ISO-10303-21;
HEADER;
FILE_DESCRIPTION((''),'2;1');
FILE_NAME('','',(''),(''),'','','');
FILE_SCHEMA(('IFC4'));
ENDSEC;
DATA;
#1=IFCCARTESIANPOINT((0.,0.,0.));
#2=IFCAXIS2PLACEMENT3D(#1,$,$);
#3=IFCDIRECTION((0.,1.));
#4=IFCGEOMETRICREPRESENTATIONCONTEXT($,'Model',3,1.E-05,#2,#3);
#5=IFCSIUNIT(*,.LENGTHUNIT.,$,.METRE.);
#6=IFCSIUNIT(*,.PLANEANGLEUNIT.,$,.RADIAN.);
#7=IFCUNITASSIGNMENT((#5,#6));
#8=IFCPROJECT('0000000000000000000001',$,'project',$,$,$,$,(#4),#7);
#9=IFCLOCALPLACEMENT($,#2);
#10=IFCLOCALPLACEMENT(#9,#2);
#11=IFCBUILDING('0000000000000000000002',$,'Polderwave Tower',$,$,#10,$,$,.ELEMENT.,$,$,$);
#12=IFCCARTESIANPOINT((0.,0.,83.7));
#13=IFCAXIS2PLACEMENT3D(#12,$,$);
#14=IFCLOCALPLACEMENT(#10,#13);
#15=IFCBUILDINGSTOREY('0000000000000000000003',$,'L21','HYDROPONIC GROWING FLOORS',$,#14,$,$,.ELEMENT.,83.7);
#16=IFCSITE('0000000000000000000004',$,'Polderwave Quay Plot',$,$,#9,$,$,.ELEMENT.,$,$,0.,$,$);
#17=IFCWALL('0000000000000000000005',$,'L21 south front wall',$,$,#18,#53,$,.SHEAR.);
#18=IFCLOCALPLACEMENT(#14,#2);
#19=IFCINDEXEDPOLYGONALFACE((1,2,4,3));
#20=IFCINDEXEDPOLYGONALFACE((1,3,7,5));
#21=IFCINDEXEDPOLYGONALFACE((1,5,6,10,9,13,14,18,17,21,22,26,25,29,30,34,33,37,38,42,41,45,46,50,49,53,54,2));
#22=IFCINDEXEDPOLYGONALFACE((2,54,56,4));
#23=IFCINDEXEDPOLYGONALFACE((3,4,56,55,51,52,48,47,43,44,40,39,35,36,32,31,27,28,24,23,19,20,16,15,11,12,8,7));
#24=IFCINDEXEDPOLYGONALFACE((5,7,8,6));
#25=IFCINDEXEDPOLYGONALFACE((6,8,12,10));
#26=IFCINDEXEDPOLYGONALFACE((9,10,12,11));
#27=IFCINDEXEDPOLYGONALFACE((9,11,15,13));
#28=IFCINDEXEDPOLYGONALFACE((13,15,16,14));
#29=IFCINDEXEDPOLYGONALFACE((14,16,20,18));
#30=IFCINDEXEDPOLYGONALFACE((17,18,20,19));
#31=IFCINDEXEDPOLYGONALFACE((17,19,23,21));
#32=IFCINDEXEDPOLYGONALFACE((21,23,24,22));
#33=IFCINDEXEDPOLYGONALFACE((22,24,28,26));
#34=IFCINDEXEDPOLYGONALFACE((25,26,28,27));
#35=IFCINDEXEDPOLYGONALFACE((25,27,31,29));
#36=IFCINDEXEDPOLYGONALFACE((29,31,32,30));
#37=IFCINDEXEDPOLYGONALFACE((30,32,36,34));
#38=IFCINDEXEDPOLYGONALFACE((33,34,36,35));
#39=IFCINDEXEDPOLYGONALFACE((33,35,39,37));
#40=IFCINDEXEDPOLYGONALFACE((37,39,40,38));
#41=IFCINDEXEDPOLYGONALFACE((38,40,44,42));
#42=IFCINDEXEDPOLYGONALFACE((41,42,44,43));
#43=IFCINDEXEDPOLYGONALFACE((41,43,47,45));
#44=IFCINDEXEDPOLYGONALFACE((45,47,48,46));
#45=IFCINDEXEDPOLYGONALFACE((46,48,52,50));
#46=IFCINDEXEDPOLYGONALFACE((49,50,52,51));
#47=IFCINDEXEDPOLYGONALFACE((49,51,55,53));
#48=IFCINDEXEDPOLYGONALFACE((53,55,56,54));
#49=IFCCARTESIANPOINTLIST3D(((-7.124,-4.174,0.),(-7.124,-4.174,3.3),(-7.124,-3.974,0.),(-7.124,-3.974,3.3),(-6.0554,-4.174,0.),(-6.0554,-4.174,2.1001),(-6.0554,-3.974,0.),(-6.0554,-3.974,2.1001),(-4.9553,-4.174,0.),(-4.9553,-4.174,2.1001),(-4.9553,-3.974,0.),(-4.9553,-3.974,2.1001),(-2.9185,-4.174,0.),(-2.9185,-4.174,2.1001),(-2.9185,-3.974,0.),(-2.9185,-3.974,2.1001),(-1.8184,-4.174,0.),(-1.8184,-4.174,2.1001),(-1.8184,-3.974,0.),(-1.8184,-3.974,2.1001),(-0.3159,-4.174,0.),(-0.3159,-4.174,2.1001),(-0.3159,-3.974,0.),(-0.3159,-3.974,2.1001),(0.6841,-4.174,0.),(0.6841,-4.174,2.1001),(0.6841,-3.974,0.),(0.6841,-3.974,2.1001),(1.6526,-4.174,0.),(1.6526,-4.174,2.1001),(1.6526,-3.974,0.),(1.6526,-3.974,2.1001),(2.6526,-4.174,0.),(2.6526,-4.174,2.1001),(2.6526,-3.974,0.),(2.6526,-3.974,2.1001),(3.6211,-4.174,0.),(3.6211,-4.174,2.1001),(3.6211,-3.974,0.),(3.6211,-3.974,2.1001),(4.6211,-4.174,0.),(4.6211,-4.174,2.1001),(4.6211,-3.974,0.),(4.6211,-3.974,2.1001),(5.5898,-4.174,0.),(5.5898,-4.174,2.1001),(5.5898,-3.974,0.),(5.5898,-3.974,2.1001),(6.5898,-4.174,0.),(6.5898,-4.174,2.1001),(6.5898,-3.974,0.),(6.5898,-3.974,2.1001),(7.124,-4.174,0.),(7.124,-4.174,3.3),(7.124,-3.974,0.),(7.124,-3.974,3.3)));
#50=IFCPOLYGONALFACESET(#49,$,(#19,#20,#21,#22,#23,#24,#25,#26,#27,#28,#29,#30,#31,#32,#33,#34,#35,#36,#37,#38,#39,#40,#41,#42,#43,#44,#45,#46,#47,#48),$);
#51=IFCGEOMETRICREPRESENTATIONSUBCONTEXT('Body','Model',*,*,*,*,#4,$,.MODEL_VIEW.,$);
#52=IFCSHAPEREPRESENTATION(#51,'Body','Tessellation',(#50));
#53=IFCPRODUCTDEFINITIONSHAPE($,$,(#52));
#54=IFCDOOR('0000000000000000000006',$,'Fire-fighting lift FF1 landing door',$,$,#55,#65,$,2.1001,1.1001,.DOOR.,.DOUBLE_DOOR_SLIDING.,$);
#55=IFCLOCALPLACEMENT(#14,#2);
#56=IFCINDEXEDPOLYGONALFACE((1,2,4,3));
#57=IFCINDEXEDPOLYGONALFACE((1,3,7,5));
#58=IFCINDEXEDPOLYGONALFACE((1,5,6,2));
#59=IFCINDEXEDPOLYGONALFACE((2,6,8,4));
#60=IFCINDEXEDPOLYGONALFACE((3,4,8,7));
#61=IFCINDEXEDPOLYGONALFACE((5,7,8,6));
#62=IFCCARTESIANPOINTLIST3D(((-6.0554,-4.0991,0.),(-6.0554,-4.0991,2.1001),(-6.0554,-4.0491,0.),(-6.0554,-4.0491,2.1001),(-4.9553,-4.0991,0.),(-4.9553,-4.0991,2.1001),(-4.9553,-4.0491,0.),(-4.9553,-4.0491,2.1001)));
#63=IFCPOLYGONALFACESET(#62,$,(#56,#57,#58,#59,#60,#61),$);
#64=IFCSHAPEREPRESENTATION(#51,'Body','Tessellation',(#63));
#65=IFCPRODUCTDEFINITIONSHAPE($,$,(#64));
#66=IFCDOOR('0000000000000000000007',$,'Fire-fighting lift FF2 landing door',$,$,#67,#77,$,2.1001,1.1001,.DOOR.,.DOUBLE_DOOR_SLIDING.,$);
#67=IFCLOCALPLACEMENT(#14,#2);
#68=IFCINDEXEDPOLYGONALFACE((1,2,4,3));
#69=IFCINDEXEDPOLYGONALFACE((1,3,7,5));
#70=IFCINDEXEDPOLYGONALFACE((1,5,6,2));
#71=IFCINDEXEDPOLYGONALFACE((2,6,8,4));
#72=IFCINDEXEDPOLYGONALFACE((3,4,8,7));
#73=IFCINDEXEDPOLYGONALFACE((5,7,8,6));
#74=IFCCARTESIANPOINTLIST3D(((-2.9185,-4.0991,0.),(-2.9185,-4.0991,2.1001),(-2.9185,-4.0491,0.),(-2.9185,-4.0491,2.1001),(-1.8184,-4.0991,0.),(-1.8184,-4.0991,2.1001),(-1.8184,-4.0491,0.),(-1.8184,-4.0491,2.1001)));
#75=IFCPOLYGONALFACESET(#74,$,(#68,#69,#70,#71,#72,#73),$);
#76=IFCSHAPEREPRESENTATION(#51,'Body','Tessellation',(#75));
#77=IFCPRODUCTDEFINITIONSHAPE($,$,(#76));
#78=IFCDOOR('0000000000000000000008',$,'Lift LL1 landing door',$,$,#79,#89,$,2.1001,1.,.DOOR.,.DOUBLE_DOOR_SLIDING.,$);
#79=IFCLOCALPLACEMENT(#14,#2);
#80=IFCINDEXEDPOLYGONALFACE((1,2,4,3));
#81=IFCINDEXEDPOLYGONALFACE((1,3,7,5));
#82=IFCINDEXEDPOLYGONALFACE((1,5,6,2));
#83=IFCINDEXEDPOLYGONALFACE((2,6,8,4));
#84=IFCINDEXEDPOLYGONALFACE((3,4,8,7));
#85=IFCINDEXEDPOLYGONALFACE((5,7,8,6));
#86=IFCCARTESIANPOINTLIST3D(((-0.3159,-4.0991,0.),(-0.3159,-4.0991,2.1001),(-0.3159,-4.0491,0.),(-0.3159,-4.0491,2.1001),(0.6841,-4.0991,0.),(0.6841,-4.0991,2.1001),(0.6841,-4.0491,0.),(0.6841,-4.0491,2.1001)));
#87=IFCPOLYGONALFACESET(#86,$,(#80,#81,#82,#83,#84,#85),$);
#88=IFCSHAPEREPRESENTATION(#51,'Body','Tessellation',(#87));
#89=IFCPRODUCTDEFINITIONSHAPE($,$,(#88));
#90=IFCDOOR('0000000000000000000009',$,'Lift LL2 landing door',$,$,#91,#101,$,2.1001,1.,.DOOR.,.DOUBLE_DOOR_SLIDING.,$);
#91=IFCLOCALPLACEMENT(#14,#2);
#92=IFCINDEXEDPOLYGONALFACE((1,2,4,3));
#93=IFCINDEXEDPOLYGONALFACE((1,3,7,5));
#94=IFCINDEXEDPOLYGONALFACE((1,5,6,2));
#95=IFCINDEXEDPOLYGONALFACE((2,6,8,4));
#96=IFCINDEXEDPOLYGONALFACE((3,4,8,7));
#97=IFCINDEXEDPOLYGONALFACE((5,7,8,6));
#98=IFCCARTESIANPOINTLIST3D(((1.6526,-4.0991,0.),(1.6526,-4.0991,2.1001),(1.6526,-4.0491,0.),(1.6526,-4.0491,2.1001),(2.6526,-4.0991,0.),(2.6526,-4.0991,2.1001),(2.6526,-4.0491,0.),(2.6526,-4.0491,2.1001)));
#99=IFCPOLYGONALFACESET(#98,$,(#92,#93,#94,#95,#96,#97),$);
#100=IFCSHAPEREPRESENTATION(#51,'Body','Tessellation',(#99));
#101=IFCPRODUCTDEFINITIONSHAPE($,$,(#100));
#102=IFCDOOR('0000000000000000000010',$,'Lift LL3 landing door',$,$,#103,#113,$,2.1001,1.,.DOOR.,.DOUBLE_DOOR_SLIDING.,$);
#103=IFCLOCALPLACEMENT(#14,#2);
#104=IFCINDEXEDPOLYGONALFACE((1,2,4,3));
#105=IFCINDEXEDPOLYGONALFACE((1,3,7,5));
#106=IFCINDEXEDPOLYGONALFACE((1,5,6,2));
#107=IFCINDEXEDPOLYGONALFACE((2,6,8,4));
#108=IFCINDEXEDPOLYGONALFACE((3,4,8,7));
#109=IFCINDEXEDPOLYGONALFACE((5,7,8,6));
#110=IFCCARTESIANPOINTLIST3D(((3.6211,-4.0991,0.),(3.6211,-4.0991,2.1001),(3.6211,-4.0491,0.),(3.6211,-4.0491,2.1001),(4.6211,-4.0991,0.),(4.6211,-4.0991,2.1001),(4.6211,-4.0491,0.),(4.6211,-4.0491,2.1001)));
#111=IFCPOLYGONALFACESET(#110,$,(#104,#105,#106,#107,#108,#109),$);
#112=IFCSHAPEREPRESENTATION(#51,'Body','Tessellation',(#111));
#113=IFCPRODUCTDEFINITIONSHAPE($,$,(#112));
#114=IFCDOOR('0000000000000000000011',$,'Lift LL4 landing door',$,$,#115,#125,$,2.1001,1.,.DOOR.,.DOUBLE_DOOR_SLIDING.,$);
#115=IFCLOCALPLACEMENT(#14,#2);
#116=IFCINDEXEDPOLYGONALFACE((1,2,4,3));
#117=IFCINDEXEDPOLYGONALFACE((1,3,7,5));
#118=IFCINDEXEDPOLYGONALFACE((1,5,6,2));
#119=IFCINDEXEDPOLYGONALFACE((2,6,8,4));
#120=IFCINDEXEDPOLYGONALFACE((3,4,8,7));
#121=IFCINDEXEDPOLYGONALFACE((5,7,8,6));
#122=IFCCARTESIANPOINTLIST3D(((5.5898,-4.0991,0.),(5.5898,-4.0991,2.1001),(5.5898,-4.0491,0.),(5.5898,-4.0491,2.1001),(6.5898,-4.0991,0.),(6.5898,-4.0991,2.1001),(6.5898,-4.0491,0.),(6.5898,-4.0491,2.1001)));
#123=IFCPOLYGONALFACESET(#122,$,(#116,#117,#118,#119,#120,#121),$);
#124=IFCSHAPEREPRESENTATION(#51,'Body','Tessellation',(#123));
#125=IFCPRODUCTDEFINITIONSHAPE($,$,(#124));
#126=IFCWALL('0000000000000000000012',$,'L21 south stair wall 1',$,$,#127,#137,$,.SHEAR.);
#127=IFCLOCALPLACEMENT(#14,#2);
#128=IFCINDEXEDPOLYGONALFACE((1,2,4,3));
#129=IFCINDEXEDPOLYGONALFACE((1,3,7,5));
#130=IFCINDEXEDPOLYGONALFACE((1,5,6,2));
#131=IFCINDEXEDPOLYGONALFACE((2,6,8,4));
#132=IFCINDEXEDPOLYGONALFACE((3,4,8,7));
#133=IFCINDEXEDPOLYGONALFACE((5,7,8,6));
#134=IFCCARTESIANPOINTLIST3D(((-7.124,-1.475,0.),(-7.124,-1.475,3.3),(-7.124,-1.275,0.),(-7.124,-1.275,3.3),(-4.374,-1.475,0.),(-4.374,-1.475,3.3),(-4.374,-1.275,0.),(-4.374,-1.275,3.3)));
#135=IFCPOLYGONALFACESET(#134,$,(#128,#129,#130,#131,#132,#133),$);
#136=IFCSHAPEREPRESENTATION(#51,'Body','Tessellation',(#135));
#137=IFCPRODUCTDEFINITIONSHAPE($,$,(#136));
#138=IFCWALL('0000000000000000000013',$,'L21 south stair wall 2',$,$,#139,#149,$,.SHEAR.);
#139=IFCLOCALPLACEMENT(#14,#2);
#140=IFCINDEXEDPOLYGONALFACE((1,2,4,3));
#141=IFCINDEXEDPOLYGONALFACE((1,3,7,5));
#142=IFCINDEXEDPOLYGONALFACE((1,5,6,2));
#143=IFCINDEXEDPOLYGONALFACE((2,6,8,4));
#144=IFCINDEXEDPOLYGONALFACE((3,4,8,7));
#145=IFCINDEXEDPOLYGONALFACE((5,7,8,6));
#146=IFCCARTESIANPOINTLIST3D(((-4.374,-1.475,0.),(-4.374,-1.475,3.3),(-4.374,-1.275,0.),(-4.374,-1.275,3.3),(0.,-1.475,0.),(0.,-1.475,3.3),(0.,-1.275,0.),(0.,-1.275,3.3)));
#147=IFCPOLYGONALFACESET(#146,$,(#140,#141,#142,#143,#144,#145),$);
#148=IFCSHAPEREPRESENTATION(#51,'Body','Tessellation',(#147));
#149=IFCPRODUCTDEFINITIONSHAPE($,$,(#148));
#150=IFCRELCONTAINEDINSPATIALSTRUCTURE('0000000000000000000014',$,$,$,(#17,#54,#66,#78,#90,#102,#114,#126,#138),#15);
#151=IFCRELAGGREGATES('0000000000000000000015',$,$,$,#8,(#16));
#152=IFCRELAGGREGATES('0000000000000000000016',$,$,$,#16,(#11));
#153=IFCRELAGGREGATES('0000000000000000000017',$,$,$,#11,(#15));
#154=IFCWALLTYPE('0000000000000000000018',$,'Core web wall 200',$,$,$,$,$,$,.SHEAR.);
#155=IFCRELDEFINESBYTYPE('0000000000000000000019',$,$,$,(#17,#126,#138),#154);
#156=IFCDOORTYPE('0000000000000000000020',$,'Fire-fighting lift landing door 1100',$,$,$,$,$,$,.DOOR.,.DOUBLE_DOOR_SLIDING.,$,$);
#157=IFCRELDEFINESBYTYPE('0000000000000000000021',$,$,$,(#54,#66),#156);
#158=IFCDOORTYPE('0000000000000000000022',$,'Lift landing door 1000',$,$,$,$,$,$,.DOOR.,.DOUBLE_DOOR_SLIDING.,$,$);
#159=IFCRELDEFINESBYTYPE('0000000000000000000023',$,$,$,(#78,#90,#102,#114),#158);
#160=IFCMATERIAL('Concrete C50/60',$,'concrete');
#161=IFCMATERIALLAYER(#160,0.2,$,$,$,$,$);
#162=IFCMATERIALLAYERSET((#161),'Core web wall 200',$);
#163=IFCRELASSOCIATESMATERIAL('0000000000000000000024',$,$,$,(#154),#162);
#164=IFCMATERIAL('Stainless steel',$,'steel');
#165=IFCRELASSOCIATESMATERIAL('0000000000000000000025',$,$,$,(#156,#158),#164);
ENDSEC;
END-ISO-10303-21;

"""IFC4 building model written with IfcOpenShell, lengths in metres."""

from ifc_helpers import new_model, si_unit, direction, frame, frame_2d, origin, place, context, subcontext, project, spatial, rectangle, extrude, material, layer, layer_set, type_object, element, fill, save


model = new_model("IFC4")

# Units and contexts
model_context = context("Model", 3, precision=1e-05, world=origin(), true_north=direction((0.0, 1.0)))
body_context = subcontext(model_context, "Body", "Model", "MODEL_VIEW")
ifc_project = project(units=[si_unit("LENGTHUNIT", "METRE"), si_unit("PLANEANGLEUNIT", "RADIAN")], contexts=[model_context])

# Site, building, storey
site_placement = place(None, origin())
site = spatial("IfcSite", under=ifc_project, at=site_placement, Name="Polderwave Quay Plot", CompositionType="ELEMENT", RefElevation=0.0)
building_placement = place(site_placement, origin())
building = spatial("IfcBuilding", under=site, at=building_placement, Name="Polderwave Tower", CompositionType="ELEMENT")
storey_placement = place(building_placement, frame((0.0, 0.0, 83.7)))
storey = spatial("IfcBuildingStorey", under=building, at=storey_placement, Name="L21", Description="HYDROPONIC GROWING FLOORS", CompositionType="ELEMENT", Elevation=83.7)

# Wall, openings, doors
ifc_material_1 = material(Name="Concrete C50/60", Category="concrete")
ifc_layer_1 = layer(ifc_material_1, 0.2)
ifc_layer_set_1 = layer_set([ifc_layer_1], Name="Core web wall 200")
wall_type_1 = type_object("IfcWallType", Name="Core web wall 200", PredefinedType="SHEAR", material=ifc_layer_set_1)
wall_1_placement = place(storey_placement, frame((-7.124, -4.074, 0.0), z_axis=(0.0, 0.0, 1.0), x_axis=(1.0, 0.0, 0.0)))
wall_1 = element("IfcWall", 1, at=wall_1_placement, inside=storey, type_object=wall_type_1, Name="L21 south front wall", PredefinedType="SHEAR", context=body_context, shape_type="SweptSolid", body=[
    extrude(rectangle(XDim=14.248, YDim=0.2, at=frame_2d((7.124, 0.0))), origin(), (0.0, 0.0, 1.0), 3.3),
])
opening_1_placement = place(wall_1_placement, frame((1.0686, 0.0, 0.0)))
opening_1 = element("IfcOpeningElement", 2, at=opening_1_placement, cuts=wall_1, PredefinedType="OPENING", context=body_context, shape_type="SweptSolid", body=[
    extrude(rectangle(XDim=1.1001, YDim=2.1001, at=frame_2d((0.55, 1.05))), frame((0.0, 0.1099, 0.0), z_axis=(0.0, -1.0, 0.0), x_axis=(1.0, 0.0, 0.0)), (0.0, 0.0, 1.0), 0.22),
])
opening_2_placement = place(wall_1_placement, frame((4.2056, 0.0, 0.0)))
opening_2 = element("IfcOpeningElement", 3, at=opening_2_placement, cuts=wall_1, PredefinedType="OPENING", context=body_context, shape_type="SweptSolid", body=[
    extrude(rectangle(XDim=1.1001, YDim=2.1001, at=frame_2d((0.55, 1.05))), frame((0.0, 0.1099, 0.0), z_axis=(0.0, -1.0, 0.0), x_axis=(1.0, 0.0, 0.0)), (0.0, 0.0, 1.0), 0.22),
])
opening_3_placement = place(wall_1_placement, frame((6.8081, 0.0, 0.0)))
opening_3 = element("IfcOpeningElement", 4, at=opening_3_placement, cuts=wall_1, PredefinedType="OPENING", context=body_context, shape_type="SweptSolid", body=[
    extrude(rectangle(XDim=1.0, YDim=2.1001, at=frame_2d((0.5, 1.05))), frame((0.0, 0.1099, 0.0), z_axis=(0.0, -1.0, 0.0), x_axis=(1.0, 0.0, 0.0)), (0.0, 0.0, 1.0), 0.22),
])
opening_4_placement = place(wall_1_placement, frame((8.7766, 0.0, 0.0)))
opening_4 = element("IfcOpeningElement", 5, at=opening_4_placement, cuts=wall_1, PredefinedType="OPENING", context=body_context, shape_type="SweptSolid", body=[
    extrude(rectangle(XDim=1.0, YDim=2.1001, at=frame_2d((0.5, 1.05))), frame((0.0, 0.1099, 0.0), z_axis=(0.0, -1.0, 0.0), x_axis=(1.0, 0.0, 0.0)), (0.0, 0.0, 1.0), 0.22),
])
opening_5_placement = place(wall_1_placement, frame((10.7451, 0.0, 0.0)))
opening_5 = element("IfcOpeningElement", 6, at=opening_5_placement, cuts=wall_1, PredefinedType="OPENING", context=body_context, shape_type="SweptSolid", body=[
    extrude(rectangle(XDim=1.0, YDim=2.1001, at=frame_2d((0.5, 1.05))), frame((0.0, 0.1099, 0.0), z_axis=(0.0, -1.0, 0.0), x_axis=(1.0, 0.0, 0.0)), (0.0, 0.0, 1.0), 0.22),
])
opening_6_placement = place(wall_1_placement, frame((12.7139, 0.0, 0.0)))
opening_6 = element("IfcOpeningElement", 7, at=opening_6_placement, cuts=wall_1, PredefinedType="OPENING", context=body_context, shape_type="SweptSolid", body=[
    extrude(rectangle(XDim=1.0, YDim=2.1001, at=frame_2d((0.5, 1.05))), frame((0.0, 0.1099, 0.0), z_axis=(0.0, -1.0, 0.0), x_axis=(1.0, 0.0, 0.0)), (0.0, 0.0, 1.0), 0.22),
])
ifc_material_2 = material(Name="Stainless steel", Category="steel")
door_type_1 = type_object("IfcDoorType", Name="Fire-fighting lift landing door 1100", OperationType="DOUBLE_DOOR_SLIDING", PredefinedType="DOOR", material=ifc_material_2)
door_1_placement = place(opening_1_placement, origin())
door_1 = element("IfcDoor", 8, at=door_1_placement, inside=storey, type_object=door_type_1, Name="Fire-fighting lift FF1 landing door", OperationType="DOUBLE_DOOR_SLIDING", OverallHeight=2.1001, OverallWidth=1.1001, PredefinedType="DOOR", context=body_context, shape_type="SweptSolid", body=[
    extrude(rectangle(XDim=1.1001, YDim=2.1001, at=frame_2d((0.55, 1.05))), frame((0.0, 0.0249, 0.0), z_axis=(0.0, -1.0, 0.0), x_axis=(1.0, 0.0, 0.0)), (0.0, 0.0, 1.0), 0.05),
])
fill(opening_1, door_1)
door_2_placement = place(opening_2_placement, origin())
door_2 = element("IfcDoor", 9, at=door_2_placement, inside=storey, type_object=door_type_1, Name="Fire-fighting lift FF2 landing door", OperationType="DOUBLE_DOOR_SLIDING", OverallHeight=2.1001, OverallWidth=1.1001, PredefinedType="DOOR", context=body_context, shape_type="SweptSolid", body=[
    extrude(rectangle(XDim=1.1001, YDim=2.1001, at=frame_2d((0.55, 1.05))), frame((0.0, 0.0249, 0.0), z_axis=(0.0, -1.0, 0.0), x_axis=(1.0, 0.0, 0.0)), (0.0, 0.0, 1.0), 0.05),
])
fill(opening_2, door_2)
door_type_2 = type_object("IfcDoorType", Name="Lift landing door 1000", OperationType="DOUBLE_DOOR_SLIDING", PredefinedType="DOOR", material=ifc_material_2)
door_3_placement = place(opening_3_placement, origin())
door_3 = element("IfcDoor", 10, at=door_3_placement, inside=storey, type_object=door_type_2, Name="Lift LL1 landing door", OperationType="DOUBLE_DOOR_SLIDING", OverallHeight=2.1001, OverallWidth=1.0, PredefinedType="DOOR", context=body_context, shape_type="SweptSolid", body=[
    extrude(rectangle(XDim=1.0, YDim=2.1001, at=frame_2d((0.5, 1.05))), frame((0.0, 0.0249, 0.0), z_axis=(0.0, -1.0, 0.0), x_axis=(1.0, 0.0, 0.0)), (0.0, 0.0, 1.0), 0.05),
])
fill(opening_3, door_3)
door_4_placement = place(opening_4_placement, origin())
door_4 = element("IfcDoor", 11, at=door_4_placement, inside=storey, type_object=door_type_2, Name="Lift LL2 landing door", OperationType="DOUBLE_DOOR_SLIDING", OverallHeight=2.1001, OverallWidth=1.0, PredefinedType="DOOR", context=body_context, shape_type="SweptSolid", body=[
    extrude(rectangle(XDim=1.0, YDim=2.1001, at=frame_2d((0.5, 1.05))), frame((0.0, 0.0249, 0.0), z_axis=(0.0, -1.0, 0.0), x_axis=(1.0, 0.0, 0.0)), (0.0, 0.0, 1.0), 0.05),
])
fill(opening_4, door_4)
door_5_placement = place(opening_5_placement, origin())
door_5 = element("IfcDoor", 12, at=door_5_placement, inside=storey, type_object=door_type_2, Name="Lift LL3 landing door", OperationType="DOUBLE_DOOR_SLIDING", OverallHeight=2.1001, OverallWidth=1.0, PredefinedType="DOOR", context=body_context, shape_type="SweptSolid", body=[
    extrude(rectangle(XDim=1.0, YDim=2.1001, at=frame_2d((0.5, 1.05))), frame((0.0, 0.0249, 0.0), z_axis=(0.0, -1.0, 0.0), x_axis=(1.0, 0.0, 0.0)), (0.0, 0.0, 1.0), 0.05),
])
fill(opening_5, door_5)
door_6_placement = place(opening_6_placement, origin())
door_6 = element("IfcDoor", 13, at=door_6_placement, inside=storey, type_object=door_type_2, Name="Lift LL4 landing door", OperationType="DOUBLE_DOOR_SLIDING", OverallHeight=2.1001, OverallWidth=1.0, PredefinedType="DOOR", context=body_context, shape_type="SweptSolid", body=[
    extrude(rectangle(XDim=1.0, YDim=2.1001, at=frame_2d((0.5, 1.05))), frame((0.0, 0.0249, 0.0), z_axis=(0.0, -1.0, 0.0), x_axis=(1.0, 0.0, 0.0)), (0.0, 0.0, 1.0), 0.05),
])
fill(opening_6, door_6)

# Walls
wall_2_placement = place(storey_placement, frame((-7.124, -1.375, 0.0), z_axis=(0.0, 0.0, 1.0), x_axis=(1.0, 0.0, 0.0)))
element("IfcWall", 14, at=wall_2_placement, inside=storey, type_object=wall_type_1, Name="L21 south stair wall 1", PredefinedType="SHEAR", context=body_context, shape_type="SweptSolid", body=[
    extrude(rectangle(XDim=2.75, YDim=0.2, at=frame_2d((1.375, 0.0))), origin(), (0.0, 0.0, 1.0), 3.3),
])
wall_3_placement = place(storey_placement, frame((-4.374, -1.375, 0.0), z_axis=(0.0, 0.0, 1.0), x_axis=(1.0, 0.0, 0.0)))
element("IfcWall", 15, at=wall_3_placement, inside=storey, type_object=wall_type_1, Name="L21 south stair wall 2", PredefinedType="SHEAR", context=body_context, shape_type="SweptSolid", body=[
    extrude(rectangle(XDim=4.374, YDim=0.2, at=frame_2d((2.187, 0.0))), origin(), (0.0, 0.0, 1.0), 3.3),
])

save(model, "model.ifc")
